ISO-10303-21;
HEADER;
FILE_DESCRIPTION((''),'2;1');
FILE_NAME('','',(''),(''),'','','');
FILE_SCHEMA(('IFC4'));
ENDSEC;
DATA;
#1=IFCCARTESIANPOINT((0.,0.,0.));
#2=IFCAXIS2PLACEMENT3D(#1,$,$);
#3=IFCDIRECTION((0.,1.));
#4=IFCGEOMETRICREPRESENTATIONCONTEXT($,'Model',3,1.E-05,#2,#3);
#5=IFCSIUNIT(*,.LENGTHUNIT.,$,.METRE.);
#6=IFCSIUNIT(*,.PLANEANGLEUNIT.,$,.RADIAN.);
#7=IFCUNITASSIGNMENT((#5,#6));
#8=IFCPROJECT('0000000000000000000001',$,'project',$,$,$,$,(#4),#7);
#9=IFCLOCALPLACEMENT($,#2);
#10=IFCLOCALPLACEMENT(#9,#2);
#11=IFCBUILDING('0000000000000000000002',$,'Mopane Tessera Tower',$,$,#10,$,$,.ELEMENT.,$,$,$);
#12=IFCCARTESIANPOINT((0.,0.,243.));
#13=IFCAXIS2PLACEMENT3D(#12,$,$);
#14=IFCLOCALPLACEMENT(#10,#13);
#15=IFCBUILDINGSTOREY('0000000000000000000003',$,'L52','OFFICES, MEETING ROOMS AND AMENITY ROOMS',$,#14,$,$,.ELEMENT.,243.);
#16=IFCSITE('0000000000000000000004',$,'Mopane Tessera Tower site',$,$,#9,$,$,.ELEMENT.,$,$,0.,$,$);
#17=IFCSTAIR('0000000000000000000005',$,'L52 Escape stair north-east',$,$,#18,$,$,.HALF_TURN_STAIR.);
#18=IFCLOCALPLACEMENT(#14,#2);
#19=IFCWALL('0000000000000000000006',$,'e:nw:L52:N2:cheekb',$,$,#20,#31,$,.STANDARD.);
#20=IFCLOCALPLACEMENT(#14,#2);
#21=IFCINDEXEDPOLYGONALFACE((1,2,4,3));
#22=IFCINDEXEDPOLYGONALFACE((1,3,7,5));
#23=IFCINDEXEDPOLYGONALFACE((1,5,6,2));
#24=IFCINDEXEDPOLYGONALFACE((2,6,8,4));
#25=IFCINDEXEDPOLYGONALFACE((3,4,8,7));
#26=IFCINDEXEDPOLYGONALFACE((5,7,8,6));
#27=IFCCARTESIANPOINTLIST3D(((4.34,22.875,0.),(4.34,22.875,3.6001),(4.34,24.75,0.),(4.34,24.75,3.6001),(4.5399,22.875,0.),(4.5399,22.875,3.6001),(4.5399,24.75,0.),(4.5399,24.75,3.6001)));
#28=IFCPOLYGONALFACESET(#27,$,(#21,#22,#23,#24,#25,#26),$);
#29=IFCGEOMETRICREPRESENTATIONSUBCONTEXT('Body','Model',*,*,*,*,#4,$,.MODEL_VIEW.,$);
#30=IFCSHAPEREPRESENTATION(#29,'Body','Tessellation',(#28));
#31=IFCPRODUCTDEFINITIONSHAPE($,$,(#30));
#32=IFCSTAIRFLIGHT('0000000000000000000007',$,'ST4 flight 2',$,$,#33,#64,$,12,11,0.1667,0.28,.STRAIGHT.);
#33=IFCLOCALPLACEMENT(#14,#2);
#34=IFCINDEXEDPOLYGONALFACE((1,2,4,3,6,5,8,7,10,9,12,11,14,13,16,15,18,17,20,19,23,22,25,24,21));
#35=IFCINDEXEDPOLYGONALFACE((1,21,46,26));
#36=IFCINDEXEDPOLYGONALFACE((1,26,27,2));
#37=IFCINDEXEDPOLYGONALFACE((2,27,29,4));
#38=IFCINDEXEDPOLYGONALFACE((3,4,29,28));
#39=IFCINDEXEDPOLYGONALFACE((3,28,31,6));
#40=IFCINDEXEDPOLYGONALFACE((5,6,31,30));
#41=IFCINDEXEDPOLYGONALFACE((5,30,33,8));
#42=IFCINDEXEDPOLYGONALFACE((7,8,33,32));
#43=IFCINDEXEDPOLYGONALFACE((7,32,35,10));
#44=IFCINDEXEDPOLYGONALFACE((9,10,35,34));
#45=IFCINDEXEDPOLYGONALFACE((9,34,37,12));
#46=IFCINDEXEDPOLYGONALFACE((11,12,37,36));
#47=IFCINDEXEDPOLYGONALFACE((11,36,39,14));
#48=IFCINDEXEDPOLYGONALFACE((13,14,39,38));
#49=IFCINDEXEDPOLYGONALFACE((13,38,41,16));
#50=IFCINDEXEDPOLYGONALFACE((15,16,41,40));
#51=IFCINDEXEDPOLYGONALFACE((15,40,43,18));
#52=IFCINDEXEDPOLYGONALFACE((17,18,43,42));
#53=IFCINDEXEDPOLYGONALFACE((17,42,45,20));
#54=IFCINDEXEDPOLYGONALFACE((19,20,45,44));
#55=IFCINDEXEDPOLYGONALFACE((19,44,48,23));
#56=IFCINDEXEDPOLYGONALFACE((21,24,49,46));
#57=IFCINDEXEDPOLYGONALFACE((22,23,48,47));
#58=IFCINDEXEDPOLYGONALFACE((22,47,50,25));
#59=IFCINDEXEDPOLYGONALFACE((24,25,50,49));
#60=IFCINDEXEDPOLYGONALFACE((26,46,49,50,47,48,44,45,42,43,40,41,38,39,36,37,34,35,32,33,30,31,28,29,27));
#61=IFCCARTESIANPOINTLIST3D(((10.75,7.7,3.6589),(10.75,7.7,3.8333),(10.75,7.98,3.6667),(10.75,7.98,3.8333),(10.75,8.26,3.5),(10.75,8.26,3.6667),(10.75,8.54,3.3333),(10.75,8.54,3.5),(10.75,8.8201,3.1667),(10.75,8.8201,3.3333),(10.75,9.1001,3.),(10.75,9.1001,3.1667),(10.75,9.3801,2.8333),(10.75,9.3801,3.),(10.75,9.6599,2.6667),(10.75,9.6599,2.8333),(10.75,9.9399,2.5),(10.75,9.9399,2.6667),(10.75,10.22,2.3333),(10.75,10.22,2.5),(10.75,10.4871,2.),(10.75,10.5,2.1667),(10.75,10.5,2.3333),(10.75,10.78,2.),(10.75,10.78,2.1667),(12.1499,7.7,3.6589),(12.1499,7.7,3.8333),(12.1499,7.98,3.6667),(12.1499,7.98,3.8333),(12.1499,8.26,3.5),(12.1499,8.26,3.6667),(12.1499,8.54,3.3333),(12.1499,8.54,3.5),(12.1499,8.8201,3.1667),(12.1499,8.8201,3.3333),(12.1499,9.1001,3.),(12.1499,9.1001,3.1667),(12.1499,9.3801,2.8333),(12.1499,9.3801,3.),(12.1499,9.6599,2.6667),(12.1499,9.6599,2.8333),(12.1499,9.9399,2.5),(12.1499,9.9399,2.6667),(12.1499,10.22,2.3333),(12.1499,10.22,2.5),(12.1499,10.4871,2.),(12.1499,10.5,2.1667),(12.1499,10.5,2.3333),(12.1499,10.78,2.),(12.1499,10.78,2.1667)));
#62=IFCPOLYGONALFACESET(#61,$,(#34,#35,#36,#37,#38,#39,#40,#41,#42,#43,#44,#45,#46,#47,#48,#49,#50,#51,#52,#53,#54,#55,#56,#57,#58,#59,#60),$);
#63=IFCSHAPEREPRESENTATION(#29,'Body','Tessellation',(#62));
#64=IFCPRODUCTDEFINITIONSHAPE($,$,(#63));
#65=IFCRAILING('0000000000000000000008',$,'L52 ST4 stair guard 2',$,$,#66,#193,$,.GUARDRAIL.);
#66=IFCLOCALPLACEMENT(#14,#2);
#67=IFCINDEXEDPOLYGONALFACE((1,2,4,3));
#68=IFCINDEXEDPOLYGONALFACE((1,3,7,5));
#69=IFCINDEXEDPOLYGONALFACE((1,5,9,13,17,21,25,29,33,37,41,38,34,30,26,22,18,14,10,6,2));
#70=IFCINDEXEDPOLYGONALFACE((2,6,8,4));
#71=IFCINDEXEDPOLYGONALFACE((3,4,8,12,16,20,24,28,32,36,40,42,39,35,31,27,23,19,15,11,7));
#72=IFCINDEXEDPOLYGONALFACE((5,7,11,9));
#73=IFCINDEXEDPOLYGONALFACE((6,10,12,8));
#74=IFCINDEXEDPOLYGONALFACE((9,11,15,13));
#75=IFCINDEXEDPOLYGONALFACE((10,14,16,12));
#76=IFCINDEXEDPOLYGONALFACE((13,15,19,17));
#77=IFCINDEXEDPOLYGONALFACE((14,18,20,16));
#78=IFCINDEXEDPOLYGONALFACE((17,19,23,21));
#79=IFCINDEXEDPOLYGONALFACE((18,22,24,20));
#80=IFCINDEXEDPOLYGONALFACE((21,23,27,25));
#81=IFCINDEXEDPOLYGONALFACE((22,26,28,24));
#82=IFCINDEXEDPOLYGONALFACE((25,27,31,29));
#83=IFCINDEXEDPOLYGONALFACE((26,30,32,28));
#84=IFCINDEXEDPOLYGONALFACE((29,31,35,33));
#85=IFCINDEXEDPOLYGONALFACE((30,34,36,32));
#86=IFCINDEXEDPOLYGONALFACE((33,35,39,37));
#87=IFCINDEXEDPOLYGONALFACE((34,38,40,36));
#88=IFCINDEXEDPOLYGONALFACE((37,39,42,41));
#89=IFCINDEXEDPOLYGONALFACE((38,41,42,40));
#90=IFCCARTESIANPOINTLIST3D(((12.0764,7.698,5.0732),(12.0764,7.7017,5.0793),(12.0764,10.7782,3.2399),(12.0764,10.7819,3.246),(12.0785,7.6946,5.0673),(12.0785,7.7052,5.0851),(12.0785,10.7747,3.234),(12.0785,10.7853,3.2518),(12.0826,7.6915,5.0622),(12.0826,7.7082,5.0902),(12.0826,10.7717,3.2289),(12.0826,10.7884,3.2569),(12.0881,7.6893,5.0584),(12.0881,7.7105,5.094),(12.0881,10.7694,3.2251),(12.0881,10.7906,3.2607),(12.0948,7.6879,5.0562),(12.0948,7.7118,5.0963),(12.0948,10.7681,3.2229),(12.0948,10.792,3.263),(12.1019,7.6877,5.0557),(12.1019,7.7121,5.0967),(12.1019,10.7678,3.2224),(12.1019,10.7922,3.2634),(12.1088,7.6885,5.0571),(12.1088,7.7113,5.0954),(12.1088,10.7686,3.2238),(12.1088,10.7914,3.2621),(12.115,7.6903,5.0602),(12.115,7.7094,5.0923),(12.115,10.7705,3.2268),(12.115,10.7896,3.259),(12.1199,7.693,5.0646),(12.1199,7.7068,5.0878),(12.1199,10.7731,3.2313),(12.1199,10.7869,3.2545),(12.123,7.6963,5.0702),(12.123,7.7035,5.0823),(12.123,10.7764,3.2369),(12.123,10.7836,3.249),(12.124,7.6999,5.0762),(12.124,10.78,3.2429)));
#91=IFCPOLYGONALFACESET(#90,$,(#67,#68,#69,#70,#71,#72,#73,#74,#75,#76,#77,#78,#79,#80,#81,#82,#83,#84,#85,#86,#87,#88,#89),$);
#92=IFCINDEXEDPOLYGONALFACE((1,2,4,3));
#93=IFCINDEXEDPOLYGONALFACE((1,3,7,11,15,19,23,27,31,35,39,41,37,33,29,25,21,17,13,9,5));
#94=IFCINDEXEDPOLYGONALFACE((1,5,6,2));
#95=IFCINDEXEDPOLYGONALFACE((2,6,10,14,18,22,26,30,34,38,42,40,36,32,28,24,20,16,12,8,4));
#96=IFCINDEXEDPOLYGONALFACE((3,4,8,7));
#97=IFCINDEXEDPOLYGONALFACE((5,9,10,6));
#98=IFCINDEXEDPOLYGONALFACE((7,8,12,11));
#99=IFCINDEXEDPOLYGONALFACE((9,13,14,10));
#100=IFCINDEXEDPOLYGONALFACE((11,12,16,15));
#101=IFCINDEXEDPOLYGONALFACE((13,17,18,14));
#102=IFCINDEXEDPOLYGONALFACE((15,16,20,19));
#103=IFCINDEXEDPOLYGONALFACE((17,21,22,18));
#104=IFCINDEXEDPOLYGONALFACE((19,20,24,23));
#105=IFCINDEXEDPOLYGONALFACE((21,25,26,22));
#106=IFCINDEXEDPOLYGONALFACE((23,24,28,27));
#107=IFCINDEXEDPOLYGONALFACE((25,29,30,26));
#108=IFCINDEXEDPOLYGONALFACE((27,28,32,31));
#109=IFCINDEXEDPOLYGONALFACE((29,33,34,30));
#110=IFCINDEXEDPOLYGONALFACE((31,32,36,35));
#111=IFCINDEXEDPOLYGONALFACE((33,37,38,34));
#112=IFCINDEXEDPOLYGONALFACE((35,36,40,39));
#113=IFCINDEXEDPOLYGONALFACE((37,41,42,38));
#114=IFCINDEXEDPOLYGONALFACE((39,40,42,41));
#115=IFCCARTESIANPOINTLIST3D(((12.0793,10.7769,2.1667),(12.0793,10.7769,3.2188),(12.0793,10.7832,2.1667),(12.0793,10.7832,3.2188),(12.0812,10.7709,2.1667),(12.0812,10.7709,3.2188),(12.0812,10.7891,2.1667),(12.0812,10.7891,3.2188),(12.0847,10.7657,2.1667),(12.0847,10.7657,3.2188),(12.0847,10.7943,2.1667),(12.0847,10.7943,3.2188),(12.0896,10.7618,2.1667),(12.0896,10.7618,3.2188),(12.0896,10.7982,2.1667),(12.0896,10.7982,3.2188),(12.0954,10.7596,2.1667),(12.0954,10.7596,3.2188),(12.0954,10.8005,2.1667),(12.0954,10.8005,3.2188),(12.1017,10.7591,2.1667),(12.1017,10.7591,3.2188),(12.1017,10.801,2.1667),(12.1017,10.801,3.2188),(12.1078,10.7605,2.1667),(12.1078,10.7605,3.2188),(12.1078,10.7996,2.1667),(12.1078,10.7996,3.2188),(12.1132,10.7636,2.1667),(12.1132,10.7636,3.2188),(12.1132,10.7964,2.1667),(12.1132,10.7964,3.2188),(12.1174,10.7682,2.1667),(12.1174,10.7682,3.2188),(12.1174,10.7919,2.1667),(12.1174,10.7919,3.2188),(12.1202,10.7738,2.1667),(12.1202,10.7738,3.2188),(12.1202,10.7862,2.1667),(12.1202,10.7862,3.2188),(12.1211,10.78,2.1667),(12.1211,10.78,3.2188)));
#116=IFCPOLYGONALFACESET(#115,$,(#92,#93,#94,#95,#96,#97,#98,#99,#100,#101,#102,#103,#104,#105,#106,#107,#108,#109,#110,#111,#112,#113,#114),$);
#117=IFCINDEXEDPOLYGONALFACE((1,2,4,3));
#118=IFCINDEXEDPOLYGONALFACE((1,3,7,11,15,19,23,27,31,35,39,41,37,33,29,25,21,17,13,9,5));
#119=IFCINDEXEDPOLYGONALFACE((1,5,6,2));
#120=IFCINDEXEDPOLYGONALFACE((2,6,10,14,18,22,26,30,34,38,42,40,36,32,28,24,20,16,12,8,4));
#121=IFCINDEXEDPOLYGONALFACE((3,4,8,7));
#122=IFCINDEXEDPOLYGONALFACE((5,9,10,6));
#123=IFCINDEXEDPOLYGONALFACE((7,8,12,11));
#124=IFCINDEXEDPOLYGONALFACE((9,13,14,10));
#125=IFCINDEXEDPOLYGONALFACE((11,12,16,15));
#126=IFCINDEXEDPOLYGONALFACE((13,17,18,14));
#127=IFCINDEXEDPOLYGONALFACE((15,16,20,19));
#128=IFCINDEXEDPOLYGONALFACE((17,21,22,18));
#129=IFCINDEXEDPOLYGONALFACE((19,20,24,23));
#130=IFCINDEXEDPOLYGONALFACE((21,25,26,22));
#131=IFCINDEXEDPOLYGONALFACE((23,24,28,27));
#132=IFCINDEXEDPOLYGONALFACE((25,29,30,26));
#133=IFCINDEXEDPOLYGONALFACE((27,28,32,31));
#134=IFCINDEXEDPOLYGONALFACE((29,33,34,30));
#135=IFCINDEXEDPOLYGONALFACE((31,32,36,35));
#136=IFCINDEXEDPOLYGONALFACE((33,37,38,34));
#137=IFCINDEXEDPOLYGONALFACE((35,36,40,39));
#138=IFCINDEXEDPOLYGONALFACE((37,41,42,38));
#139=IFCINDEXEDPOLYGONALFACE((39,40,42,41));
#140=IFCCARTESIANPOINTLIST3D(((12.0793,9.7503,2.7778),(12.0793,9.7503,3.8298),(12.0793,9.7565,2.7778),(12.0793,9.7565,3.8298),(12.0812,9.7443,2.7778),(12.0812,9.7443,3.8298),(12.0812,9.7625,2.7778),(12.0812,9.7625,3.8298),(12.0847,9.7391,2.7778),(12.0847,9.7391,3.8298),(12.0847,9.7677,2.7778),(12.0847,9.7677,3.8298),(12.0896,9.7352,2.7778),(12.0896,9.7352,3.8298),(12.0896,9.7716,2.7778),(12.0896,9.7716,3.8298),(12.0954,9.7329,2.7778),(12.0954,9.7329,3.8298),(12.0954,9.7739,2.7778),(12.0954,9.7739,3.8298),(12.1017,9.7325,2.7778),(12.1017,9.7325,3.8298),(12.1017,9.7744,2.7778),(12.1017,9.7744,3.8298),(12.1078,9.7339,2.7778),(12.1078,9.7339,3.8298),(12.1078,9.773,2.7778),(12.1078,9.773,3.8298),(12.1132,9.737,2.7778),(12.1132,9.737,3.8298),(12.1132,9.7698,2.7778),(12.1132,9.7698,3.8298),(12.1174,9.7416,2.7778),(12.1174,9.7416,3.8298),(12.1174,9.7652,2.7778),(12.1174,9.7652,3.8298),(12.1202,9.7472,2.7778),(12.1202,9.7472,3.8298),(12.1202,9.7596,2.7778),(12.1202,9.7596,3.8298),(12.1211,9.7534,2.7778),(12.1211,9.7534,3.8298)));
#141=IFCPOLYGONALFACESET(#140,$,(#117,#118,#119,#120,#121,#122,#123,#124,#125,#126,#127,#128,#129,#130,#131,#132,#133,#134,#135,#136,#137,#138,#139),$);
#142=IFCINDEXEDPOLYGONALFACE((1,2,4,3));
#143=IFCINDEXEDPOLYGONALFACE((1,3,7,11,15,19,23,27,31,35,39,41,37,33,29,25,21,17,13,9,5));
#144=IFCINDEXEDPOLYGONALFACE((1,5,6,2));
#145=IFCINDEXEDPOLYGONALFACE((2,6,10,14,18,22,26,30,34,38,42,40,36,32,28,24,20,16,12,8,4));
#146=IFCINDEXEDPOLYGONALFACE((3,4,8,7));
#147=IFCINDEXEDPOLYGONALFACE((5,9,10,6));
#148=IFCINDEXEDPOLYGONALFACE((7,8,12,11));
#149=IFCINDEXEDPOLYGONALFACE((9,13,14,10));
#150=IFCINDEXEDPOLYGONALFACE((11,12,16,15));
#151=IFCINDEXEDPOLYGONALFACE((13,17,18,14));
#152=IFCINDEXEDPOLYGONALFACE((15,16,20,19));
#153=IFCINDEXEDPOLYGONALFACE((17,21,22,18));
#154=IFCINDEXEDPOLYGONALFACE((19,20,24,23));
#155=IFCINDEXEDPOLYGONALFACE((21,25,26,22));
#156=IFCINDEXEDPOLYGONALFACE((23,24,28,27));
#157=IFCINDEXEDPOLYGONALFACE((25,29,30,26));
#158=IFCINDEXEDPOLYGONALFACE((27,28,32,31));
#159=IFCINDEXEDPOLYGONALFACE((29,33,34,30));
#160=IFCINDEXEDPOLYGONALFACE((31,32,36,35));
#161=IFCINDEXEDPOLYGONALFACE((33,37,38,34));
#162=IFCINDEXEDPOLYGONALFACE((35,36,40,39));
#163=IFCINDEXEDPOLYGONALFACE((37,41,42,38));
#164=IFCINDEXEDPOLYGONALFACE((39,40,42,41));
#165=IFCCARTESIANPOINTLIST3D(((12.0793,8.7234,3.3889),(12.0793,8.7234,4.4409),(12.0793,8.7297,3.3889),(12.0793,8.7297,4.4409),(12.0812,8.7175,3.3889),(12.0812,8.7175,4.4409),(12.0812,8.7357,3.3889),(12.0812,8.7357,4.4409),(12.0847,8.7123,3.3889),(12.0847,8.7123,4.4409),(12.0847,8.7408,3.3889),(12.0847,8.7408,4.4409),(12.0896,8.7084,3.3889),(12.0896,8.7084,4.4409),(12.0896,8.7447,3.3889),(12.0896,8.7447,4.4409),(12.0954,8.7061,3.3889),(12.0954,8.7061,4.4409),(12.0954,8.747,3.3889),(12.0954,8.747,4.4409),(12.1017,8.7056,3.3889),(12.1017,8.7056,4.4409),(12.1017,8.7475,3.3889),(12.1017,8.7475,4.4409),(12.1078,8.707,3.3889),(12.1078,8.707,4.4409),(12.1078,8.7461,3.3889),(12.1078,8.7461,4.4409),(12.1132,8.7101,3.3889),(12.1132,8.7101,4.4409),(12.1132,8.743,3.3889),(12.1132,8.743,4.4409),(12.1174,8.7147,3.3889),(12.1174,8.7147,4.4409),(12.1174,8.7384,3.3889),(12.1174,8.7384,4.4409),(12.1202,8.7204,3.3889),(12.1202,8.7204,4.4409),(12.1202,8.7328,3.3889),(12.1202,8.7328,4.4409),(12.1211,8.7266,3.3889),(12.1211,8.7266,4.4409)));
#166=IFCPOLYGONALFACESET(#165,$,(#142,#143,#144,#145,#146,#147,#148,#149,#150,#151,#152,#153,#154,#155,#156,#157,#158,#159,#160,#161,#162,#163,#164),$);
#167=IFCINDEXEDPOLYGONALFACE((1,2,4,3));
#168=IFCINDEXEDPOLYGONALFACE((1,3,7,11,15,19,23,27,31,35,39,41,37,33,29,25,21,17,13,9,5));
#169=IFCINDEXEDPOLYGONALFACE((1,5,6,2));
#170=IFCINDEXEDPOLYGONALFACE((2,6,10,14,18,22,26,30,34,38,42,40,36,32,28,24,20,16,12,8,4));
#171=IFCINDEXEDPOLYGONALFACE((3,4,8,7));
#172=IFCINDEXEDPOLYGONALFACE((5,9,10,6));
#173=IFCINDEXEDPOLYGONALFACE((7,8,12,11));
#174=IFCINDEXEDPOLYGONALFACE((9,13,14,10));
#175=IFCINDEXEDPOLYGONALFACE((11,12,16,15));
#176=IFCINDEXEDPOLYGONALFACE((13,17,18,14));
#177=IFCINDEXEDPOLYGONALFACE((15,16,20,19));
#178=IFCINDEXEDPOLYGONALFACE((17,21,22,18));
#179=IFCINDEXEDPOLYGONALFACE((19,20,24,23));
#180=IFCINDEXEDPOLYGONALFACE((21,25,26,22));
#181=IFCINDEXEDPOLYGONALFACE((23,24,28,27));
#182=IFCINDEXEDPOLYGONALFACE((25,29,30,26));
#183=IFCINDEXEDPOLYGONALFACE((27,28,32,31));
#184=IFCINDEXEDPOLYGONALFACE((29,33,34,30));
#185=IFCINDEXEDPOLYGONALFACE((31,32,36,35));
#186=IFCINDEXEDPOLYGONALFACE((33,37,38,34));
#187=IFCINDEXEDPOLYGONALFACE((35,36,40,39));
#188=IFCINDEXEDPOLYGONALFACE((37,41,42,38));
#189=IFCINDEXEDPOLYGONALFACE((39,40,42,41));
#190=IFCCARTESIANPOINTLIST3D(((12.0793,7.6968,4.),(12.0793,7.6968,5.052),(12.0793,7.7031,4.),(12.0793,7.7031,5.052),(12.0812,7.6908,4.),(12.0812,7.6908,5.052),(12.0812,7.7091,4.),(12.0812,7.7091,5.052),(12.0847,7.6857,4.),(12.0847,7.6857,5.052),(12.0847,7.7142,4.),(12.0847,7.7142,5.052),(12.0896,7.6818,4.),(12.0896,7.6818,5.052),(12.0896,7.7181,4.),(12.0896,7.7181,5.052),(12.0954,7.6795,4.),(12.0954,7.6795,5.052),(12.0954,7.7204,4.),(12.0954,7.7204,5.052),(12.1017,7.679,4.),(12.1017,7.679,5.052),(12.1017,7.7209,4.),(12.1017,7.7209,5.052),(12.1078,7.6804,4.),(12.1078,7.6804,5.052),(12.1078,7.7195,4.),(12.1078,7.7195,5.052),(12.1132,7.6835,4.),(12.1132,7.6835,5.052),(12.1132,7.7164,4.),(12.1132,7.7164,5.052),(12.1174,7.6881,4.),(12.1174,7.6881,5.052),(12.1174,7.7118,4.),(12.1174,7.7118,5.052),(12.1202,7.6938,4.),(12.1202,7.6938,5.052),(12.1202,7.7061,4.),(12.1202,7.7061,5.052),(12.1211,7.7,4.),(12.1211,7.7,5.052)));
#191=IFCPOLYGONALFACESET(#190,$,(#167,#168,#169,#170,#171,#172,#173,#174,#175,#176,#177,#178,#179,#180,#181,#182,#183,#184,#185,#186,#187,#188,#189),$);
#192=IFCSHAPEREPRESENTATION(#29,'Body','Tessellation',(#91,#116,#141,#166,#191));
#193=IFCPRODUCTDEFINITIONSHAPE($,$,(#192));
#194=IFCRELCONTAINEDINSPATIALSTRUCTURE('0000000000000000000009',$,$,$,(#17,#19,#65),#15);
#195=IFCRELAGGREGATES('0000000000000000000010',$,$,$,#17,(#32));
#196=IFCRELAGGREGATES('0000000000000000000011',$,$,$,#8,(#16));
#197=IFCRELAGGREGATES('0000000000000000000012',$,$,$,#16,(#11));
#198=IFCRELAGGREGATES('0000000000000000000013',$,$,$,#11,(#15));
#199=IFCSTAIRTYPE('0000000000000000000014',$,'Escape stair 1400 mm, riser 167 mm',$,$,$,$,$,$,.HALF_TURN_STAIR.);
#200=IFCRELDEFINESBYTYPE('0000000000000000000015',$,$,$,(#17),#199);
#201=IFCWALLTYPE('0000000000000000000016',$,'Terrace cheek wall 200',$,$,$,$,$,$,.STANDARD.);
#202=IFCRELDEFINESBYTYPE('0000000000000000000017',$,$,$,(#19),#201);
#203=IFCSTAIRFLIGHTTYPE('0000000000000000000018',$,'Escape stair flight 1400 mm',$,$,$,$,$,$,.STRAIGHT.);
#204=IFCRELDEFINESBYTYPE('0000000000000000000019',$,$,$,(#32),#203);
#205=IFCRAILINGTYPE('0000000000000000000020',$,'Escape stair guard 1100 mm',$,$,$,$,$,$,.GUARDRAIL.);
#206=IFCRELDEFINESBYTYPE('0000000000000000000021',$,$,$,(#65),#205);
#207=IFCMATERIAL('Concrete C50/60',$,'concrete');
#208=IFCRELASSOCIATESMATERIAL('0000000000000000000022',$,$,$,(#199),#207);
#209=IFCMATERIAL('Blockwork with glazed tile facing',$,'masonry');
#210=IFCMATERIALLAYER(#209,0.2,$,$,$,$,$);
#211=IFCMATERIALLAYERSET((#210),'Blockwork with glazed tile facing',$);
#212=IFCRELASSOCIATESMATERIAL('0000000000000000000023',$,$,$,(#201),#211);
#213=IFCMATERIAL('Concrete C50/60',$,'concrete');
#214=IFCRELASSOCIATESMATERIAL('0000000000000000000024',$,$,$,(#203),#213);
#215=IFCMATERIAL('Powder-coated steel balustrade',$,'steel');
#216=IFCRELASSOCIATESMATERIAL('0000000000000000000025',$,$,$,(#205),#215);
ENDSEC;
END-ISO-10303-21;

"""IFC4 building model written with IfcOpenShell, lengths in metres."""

from ifc_helpers import new_model, si_unit, direction, frame, frame_2d, origin, origin_2d, place, context, subcontext, project, spatial, polyline, rectangle, circle, outline, extrude, material, layer, layer_set, type_object, element, aggregate, save


model = new_model("IFC4")

# Units and contexts
model_context = context("Model", 3, precision=1e-05, world=origin(), true_north=direction((0.0, 1.0)))
body_context = subcontext(model_context, "Body", "Model", "MODEL_VIEW")
ifc_project = project(units=[si_unit("LENGTHUNIT", "METRE"), si_unit("PLANEANGLEUNIT", "RADIAN")], contexts=[model_context])

# Site, building, storey
site_placement = place(None, origin())
site = spatial("IfcSite", under=ifc_project, at=site_placement, Name="Mopane Tessera Tower site", CompositionType="ELEMENT", RefElevation=0.0)
building_placement = place(site_placement, origin())
building = spatial("IfcBuilding", under=site, at=building_placement, Name="Mopane Tessera Tower", CompositionType="ELEMENT")
storey_placement = place(building_placement, frame((0.0, 0.0, 243.0)))
storey = spatial("IfcBuildingStorey", under=building, at=storey_placement, Name="L52", Description="OFFICES, MEETING ROOMS AND AMENITY ROOMS", CompositionType="ELEMENT", Elevation=243.0)

# Stair
ifc_material_1 = material(Name="Concrete C50/60", Category="concrete")
stair_type = type_object("IfcStairType", Name="Escape stair 1400 mm, riser 167 mm", PredefinedType="HALF_TURN_STAIR", material=ifc_material_1)
stair_1_placement = place(storey_placement, origin())
stair_1 = element("IfcStair", 1, at=stair_1_placement, inside=storey, type_object=stair_type, Name="L52 Escape stair north-east", PredefinedType="HALF_TURN_STAIR")

# Wall
ifc_material_2 = material(Name="Blockwork with glazed tile facing", Category="masonry")
ifc_layer_1 = layer(ifc_material_2, 0.2)
ifc_layer_set_1 = layer_set([ifc_layer_1], Name="Blockwork with glazed tile facing")
wall_type_1 = type_object("IfcWallType", Name="Terrace cheek wall 200", PredefinedType="STANDARD", material=ifc_layer_set_1)
wall_1_placement = place(storey_placement, frame((4.4399, 24.75, 0.0), z_axis=(0.0, 0.0, 1.0), x_axis=(0.0, -1.0, 0.0)))
element("IfcWall", 2, at=wall_1_placement, inside=storey, type_object=wall_type_1, Name="e:nw:L52:N2:cheekb", PredefinedType="STANDARD", context=body_context, shape_type="SweptSolid", body=[
    extrude(rectangle(XDim=1.875, YDim=0.2, at=frame_2d((0.9375, 0.0))), origin(), (0.0, 0.0, 1.0), 3.6001),
])

# Stair flight
ifc_material_3 = material(Name="Concrete C50/60", Category="concrete")
stair_flight_type = type_object("IfcStairFlightType", Name="Escape stair flight 1400 mm", PredefinedType="STRAIGHT", material=ifc_material_3)
stair_flight_placement = place(storey_placement, frame((11.45, 10.78, 2.0), z_axis=(0.0, 0.0, 1.0), x_axis=(0.0, -1.0, 0.0)))
stair_flight = element("IfcStairFlight", 3, at=stair_flight_placement, type_object=stair_flight_type, Name="ST4 flight 2", NumberOfRisers=12, NumberOfTreads=11, PredefinedType="STRAIGHT", RiserHeight=0.1667, TreadLength=0.28, context=body_context, shape_type="SweptSolid", body=[
    extrude(outline(polyline([(0.0, 0.0), (0.0, 0.1667), (0.28, 0.1667), (0.28, 0.3333), (0.5601, 0.3333), (0.5601, 0.5), (0.8401, 0.5), (0.8401, 0.6667), (1.1201, 0.6667), (1.1201, 0.8333), (1.3999, 0.8333), (1.3999, 1.0), (1.6799, 1.0), (1.6799, 1.1667), (1.96, 1.1667), (1.96, 1.3333), (2.24, 1.3333), (2.24, 1.5), (2.52, 1.5), (2.52, 1.6667), (2.8, 1.6667), (2.8, 1.8333), (3.0801, 1.8333), (3.0801, 2.0), (3.0801, 1.6589), (0.293, 0.0), (0.0, 0.0)])), frame((0.0, 0.7, 0.0), z_axis=(0.0, -1.0, 0.0), x_axis=(1.0, 0.0, 0.0)), (0.0, 0.0, 1.0), 1.3999),
])
aggregate(stair_1, [stair_flight])

# Railing
ifc_material_4 = material(Name="Powder-coated steel balustrade", Category="steel")
railing_type_1 = type_object("IfcRailingType", Name="Escape stair guard 1100 mm", PredefinedType="GUARDRAIL", material=ifc_material_4)
railing_1_placement = place(storey_placement, frame((12.1001, 10.78, 2.1667)))
element("IfcRailing", 4, at=railing_1_placement, inside=storey, type_object=railing_type_1, Name="L52 ST4 stair guard 2", PredefinedType="GUARDRAIL", context=body_context, shape_type="SweptSolid", body=[
    extrude(circle(Radius=0.0239, at=origin_2d()), frame((0.0, 0.0, 1.0762), z_axis=(0.0, -0.859309, 0.511458), x_axis=(1.0, 0.0, 0.0)), (0.0, 0.0, 1.0), 3.5845),
    extrude(circle(Radius=0.021, at=origin_2d()), origin(), (0.0, 0.0, 1.0), 1.052),
    extrude(circle(Radius=0.021, at=origin_2d()), frame((0.0, -1.0266, 0.6111)), (0.0, 0.0, 1.0), 1.052),
    extrude(circle(Radius=0.021, at=origin_2d()), frame((0.0, -2.0535, 1.2222)), (0.0, 0.0, 1.0), 1.052),
    extrude(circle(Radius=0.021, at=origin_2d()), frame((0.0, -3.0801, 1.8333)), (0.0, 0.0, 1.0), 1.052),
])

save(model, "model.ifc")
